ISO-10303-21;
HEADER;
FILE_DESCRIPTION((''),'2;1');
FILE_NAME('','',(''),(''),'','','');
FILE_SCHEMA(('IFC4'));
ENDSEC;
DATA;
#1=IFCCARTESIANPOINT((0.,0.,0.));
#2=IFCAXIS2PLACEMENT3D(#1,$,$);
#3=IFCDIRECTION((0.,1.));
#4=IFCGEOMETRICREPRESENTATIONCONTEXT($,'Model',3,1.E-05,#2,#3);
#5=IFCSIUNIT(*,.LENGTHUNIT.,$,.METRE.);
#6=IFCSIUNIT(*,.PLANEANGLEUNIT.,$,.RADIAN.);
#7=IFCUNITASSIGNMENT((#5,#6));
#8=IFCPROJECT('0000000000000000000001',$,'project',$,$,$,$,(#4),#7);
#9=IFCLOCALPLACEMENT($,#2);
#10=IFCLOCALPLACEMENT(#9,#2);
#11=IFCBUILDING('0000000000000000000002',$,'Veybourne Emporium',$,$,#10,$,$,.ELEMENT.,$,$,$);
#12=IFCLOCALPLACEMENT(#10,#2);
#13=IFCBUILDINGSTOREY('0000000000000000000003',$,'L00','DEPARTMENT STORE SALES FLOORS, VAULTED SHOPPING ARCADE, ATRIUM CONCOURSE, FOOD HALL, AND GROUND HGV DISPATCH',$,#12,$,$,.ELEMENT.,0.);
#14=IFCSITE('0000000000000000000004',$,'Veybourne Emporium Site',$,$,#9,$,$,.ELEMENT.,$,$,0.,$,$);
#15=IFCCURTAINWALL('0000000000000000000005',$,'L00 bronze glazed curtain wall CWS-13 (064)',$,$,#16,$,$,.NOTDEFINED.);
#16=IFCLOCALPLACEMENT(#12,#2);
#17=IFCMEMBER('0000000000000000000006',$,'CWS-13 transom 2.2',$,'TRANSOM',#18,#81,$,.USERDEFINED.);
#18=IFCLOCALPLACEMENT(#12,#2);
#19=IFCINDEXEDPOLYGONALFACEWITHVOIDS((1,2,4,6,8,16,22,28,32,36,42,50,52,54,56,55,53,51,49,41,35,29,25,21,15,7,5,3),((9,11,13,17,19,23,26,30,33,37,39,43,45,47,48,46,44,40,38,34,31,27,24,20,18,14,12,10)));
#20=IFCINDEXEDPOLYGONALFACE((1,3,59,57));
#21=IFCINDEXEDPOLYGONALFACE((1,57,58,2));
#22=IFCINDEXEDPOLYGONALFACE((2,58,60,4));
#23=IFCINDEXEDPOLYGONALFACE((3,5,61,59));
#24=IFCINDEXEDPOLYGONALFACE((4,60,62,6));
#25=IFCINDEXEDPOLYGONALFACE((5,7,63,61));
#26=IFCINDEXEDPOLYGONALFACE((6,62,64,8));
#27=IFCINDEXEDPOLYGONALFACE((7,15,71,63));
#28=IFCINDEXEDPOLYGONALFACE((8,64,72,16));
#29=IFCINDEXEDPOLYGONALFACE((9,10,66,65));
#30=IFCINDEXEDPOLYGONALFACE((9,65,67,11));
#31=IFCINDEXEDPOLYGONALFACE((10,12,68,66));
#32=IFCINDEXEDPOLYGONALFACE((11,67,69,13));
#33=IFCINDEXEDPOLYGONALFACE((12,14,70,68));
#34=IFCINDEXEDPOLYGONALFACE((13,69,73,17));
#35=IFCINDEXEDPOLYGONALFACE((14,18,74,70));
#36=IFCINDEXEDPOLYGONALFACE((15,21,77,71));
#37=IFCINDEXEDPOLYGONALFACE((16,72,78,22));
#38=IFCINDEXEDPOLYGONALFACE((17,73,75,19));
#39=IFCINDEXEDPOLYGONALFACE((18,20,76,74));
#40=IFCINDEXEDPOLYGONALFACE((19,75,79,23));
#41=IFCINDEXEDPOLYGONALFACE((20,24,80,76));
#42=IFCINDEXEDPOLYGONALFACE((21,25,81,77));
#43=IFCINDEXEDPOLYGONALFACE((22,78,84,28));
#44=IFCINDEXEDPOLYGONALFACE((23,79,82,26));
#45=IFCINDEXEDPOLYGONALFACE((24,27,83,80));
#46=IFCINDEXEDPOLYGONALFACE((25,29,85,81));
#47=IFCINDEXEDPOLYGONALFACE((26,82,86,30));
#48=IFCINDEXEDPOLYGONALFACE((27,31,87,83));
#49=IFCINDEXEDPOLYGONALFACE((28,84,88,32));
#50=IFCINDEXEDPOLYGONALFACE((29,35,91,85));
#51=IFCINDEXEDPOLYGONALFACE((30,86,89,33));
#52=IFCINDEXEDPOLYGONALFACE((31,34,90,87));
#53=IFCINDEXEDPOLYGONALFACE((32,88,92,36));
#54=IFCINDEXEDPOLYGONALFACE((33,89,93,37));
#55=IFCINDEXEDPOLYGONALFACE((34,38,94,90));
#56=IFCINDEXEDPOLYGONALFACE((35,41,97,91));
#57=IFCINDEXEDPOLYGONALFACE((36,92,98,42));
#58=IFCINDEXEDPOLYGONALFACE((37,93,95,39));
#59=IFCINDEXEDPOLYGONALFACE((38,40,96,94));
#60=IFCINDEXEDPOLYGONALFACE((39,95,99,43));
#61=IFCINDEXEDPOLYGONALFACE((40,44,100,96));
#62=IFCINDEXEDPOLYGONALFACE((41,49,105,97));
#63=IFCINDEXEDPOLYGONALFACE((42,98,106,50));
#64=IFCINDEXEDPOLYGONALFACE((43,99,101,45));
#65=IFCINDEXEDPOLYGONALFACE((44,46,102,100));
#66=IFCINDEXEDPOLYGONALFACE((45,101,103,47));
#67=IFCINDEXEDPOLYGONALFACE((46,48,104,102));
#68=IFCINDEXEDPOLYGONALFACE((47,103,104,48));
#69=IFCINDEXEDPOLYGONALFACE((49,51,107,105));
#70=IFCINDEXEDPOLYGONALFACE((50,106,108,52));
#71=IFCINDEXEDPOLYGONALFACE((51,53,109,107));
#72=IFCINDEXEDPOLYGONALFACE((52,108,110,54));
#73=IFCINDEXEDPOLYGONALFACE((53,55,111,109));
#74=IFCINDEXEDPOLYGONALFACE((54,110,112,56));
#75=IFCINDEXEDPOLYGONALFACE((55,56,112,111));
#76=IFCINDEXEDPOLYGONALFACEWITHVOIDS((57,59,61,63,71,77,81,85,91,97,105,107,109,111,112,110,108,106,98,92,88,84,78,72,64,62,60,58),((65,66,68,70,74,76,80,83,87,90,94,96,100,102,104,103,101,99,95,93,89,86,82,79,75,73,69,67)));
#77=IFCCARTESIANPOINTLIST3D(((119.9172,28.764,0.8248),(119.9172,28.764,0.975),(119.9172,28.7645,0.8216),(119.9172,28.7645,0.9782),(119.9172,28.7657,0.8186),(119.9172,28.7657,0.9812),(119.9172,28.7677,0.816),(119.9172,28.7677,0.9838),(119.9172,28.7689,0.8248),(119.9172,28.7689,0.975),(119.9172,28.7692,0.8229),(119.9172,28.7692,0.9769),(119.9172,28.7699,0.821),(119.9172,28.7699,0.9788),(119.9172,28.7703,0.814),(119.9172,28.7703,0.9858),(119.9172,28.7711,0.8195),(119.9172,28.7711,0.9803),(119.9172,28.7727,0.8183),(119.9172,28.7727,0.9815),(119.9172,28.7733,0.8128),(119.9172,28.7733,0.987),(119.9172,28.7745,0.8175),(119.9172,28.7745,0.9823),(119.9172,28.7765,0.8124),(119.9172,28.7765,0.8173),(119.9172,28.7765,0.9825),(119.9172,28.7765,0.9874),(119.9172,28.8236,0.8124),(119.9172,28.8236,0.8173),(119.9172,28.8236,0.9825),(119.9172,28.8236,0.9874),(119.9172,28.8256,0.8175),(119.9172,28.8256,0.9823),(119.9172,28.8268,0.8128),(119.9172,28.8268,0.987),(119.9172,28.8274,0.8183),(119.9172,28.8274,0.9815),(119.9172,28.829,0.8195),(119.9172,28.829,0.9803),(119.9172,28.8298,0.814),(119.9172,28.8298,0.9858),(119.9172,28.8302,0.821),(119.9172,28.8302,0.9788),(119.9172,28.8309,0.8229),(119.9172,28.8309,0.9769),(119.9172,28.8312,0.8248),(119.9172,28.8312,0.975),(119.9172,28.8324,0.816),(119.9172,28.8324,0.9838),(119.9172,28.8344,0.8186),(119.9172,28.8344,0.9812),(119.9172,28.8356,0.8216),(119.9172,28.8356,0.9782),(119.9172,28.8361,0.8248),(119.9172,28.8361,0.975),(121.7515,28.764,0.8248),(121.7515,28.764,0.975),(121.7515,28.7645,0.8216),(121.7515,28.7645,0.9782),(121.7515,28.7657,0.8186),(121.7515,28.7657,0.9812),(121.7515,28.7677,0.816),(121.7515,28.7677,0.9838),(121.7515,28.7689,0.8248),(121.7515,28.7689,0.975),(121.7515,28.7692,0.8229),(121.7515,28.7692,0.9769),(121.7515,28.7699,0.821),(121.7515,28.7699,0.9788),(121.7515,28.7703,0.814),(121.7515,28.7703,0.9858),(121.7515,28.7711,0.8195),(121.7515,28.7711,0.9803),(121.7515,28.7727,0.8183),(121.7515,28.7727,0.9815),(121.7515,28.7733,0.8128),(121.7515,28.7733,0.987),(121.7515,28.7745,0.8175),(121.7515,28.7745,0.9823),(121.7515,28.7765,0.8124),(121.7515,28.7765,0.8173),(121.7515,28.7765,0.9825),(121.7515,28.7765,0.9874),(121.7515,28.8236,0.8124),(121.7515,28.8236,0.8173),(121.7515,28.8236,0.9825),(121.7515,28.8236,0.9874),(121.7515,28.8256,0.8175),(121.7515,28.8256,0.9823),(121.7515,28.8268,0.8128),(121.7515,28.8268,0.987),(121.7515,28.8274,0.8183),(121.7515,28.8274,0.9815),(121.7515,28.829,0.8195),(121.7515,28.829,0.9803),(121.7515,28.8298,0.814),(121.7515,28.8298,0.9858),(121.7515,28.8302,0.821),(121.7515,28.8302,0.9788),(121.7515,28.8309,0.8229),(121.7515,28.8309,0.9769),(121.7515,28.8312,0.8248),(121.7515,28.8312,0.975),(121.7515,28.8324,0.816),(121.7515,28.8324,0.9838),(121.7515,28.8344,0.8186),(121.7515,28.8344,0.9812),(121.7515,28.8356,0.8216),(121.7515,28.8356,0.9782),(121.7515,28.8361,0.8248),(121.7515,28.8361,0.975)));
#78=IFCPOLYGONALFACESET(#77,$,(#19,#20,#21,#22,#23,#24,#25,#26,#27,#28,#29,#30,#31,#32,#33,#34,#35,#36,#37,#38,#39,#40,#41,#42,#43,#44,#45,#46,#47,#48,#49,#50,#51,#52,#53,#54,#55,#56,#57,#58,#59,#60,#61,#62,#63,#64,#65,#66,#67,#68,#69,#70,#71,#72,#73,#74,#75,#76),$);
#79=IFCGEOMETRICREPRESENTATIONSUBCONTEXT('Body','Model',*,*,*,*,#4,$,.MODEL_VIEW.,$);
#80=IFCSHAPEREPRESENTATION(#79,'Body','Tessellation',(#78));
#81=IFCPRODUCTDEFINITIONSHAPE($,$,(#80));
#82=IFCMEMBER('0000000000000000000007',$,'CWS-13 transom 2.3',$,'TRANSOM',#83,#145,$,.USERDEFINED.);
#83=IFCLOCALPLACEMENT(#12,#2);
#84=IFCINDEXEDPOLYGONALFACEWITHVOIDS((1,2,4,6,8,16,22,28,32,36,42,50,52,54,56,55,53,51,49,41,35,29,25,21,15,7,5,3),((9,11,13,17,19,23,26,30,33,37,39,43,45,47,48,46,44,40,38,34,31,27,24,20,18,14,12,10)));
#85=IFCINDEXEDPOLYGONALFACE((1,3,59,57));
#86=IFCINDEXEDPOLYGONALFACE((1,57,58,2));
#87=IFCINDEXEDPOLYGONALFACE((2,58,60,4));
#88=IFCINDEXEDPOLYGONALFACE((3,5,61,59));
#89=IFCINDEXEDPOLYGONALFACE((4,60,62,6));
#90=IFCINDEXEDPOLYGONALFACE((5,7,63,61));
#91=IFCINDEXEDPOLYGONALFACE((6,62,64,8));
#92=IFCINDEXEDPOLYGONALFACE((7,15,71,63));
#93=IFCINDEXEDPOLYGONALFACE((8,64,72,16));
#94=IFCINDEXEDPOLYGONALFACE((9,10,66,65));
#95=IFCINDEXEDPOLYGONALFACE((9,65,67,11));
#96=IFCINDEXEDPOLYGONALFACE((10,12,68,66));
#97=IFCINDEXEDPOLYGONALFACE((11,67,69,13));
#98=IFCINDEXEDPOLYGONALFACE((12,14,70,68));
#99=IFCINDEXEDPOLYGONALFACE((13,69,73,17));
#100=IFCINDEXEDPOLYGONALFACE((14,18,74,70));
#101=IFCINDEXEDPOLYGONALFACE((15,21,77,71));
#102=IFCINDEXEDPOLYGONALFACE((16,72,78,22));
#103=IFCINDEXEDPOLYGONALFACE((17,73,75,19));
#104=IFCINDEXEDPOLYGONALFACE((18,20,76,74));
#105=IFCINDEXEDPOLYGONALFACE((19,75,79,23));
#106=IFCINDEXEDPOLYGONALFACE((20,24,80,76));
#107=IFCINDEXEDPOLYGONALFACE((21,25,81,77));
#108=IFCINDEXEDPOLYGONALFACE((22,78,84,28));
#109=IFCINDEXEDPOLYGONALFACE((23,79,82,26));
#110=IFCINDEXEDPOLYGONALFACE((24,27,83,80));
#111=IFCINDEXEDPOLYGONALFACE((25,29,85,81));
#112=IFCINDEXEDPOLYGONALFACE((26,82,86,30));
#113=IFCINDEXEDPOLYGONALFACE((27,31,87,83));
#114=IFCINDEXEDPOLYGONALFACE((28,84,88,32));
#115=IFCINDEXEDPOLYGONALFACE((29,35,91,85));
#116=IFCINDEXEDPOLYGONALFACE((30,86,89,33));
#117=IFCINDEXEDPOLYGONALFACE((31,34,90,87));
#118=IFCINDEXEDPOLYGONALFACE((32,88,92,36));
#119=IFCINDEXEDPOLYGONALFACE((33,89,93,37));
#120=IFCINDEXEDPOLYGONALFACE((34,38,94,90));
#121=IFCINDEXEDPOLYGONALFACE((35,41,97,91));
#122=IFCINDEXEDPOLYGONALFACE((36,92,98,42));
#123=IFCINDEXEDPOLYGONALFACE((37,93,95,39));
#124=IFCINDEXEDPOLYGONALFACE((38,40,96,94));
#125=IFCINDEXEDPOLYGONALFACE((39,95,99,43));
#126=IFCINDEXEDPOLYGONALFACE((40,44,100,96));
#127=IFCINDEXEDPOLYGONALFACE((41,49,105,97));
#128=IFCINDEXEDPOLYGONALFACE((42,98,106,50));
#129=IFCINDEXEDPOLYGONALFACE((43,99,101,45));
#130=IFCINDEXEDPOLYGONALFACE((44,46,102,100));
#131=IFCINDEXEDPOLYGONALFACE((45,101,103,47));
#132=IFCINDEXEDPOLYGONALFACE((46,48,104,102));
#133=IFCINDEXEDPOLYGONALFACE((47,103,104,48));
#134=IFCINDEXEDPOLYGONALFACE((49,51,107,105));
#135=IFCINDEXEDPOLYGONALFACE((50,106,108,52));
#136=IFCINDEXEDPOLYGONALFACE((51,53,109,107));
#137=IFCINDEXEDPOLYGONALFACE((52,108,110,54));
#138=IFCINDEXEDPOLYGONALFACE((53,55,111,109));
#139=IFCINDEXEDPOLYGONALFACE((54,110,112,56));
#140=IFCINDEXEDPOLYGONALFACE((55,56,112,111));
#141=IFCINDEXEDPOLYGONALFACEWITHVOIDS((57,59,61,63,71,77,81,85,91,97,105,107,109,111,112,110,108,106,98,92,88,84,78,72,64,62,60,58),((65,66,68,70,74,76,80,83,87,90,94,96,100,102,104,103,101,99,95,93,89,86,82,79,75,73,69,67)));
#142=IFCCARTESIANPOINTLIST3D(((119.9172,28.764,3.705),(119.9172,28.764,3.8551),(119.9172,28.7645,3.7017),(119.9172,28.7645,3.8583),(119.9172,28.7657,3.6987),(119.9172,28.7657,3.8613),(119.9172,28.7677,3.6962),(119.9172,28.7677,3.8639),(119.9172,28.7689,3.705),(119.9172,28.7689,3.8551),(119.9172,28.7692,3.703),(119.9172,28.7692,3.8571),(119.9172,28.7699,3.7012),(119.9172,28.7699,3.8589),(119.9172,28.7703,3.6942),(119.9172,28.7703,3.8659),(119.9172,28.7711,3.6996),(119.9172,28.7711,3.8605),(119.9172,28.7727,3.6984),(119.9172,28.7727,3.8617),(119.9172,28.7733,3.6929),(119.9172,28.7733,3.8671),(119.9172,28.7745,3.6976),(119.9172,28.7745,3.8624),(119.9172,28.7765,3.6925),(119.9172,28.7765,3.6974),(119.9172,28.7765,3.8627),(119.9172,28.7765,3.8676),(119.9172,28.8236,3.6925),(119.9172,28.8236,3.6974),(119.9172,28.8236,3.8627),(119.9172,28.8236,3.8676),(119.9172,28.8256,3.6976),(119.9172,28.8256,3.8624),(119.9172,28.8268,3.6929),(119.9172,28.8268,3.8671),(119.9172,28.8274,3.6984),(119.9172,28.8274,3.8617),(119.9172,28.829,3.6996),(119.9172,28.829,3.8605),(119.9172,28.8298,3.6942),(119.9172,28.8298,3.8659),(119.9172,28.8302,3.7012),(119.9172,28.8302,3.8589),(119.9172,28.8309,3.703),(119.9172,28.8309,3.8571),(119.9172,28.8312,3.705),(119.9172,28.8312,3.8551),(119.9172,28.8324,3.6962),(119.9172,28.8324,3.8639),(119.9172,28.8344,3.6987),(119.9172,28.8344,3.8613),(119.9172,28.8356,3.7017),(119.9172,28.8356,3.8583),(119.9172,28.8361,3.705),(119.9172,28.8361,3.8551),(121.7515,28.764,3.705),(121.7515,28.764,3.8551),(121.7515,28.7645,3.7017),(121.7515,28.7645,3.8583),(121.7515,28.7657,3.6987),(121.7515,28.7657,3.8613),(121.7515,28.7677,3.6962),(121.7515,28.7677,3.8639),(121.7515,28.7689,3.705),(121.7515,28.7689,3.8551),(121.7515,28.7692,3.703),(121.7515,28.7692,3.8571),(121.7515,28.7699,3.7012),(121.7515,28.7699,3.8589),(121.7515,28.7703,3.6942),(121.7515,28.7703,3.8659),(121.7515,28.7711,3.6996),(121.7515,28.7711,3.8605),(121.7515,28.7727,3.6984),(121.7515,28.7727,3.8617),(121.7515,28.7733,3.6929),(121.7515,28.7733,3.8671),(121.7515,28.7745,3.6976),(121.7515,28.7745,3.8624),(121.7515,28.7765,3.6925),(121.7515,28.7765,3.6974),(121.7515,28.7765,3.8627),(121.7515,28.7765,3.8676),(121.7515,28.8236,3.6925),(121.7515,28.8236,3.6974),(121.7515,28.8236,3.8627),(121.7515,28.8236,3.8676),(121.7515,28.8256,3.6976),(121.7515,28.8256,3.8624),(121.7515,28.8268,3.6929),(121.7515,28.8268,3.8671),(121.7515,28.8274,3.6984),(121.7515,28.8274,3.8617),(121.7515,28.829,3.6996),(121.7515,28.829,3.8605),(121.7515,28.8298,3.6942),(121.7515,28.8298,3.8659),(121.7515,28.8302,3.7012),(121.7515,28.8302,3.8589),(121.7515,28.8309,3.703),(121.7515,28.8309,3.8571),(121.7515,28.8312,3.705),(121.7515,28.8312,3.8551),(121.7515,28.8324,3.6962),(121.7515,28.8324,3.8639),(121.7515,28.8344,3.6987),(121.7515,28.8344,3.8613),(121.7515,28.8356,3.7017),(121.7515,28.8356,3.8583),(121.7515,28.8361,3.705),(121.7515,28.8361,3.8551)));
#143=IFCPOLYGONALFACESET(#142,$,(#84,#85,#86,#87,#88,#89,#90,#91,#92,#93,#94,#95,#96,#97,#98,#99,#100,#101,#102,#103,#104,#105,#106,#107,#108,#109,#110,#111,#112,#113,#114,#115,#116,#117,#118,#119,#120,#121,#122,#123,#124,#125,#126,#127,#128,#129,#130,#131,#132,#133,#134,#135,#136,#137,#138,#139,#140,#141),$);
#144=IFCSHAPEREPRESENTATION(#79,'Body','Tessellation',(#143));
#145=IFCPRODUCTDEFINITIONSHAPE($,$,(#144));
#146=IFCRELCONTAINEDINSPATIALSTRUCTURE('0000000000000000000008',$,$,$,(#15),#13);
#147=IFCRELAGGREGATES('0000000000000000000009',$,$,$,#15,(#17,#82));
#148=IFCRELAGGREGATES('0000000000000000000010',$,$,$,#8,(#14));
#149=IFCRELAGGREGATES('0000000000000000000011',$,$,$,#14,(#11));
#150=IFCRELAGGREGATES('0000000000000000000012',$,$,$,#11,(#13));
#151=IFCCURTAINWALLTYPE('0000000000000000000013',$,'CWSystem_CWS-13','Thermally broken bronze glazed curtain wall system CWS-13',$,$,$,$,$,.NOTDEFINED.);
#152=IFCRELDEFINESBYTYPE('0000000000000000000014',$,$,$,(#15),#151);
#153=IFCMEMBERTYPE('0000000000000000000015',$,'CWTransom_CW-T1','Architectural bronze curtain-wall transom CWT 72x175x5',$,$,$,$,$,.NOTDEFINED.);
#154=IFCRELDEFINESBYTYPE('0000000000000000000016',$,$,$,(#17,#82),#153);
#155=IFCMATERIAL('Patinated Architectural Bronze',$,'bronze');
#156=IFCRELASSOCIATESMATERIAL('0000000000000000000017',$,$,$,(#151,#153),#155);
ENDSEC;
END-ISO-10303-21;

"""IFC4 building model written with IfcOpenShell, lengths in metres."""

from ifc_helpers import new_model, si_unit, direction, frame, origin, origin_2d, place, context, subcontext, project, spatial, hollow_rectangle, extrude, material, material_profile, profile_set, type_object, element, aggregate, save


model = new_model("IFC4")

# Units and contexts
model_context = context("Model", 3, precision=1e-05, world=origin(), true_north=direction((0.0, 1.0)))
body_context = subcontext(model_context, "Body", "Model", "MODEL_VIEW")
ifc_project = project(units=[si_unit("LENGTHUNIT", "METRE"), si_unit("PLANEANGLEUNIT", "RADIAN")], contexts=[model_context])

# Site, building, storey
site_placement = place(None, origin())
site = spatial("IfcSite", under=ifc_project, at=site_placement, Name="Veybourne Emporium Site", CompositionType="ELEMENT", RefElevation=0.0)
building_placement = place(site_placement, origin())
building = spatial("IfcBuilding", under=site, at=building_placement, Name="Veybourne Emporium", CompositionType="ELEMENT")
storey_placement = place(building_placement, origin())
storey = spatial("IfcBuildingStorey", under=building, at=storey_placement, Name="L00", Description="DEPARTMENT STORE SALES FLOORS, VAULTED SHOPPING ARCADE, ATRIUM CONCOURSE, FOOD HALL, AND GROUND HGV DISPATCH", CompositionType="ELEMENT", Elevation=0.0)

# Curtain wall
ifc_material_1 = material(Name="Patinated Architectural Bronze", Category="bronze")
curtain_wall_type_1 = type_object("IfcCurtainWallType", Name="CWSystem_CWS-13", Description="Thermally broken bronze glazed curtain wall system CWS-13", PredefinedType="NOTDEFINED", material=ifc_material_1)
curtain_wall_1_placement = place(storey_placement, origin())
curtain_wall_1 = element("IfcCurtainWall", 1, at=curtain_wall_1_placement, inside=storey, type_object=curtain_wall_type_1, Name="L00 bronze glazed curtain wall CWS-13 (064)", PredefinedType="NOTDEFINED")

# Members
ifc_material_profile_1 = material_profile(ifc_material_1, hollow_rectangle(XDim=0.072, YDim=0.175, WallThickness=0.0049, InnerFilletRadius=0.0076, OuterFilletRadius=0.0125, at=origin_2d()), Name="CWT 72x175x5")
ifc_profile_set_1 = profile_set([ifc_material_profile_1], Name="Patinated Architectural Bronze")
member_type_1 = type_object("IfcMemberType", Name="CWTransom_CW-T1", Description="Architectural bronze curtain-wall transom CWT 72x175x5", PredefinedType="NOTDEFINED", material=ifc_profile_set_1)
member_1_placement = place(storey_placement, frame((119.9172, 28.8, 0.8999), z_axis=(1.0, 0.0, 0.0), x_axis=(0.0, 1.0, 0.0)))
member_1 = element("IfcMember", 2, at=member_1_placement, type_object=member_type_1, Name="CWS-13 transom 2.2", ObjectType="TRANSOM", PredefinedType="USERDEFINED", context=body_context, shape_type="SweptSolid", body=[
    extrude(hollow_rectangle(XDim=0.072, YDim=0.175, WallThickness=0.0049, InnerFilletRadius=0.0076, OuterFilletRadius=0.0125, at=origin_2d()), origin(), (0.0, 0.0, 1.0), 1.8342),
])
member_2_placement = place(storey_placement, frame((119.9172, 28.8, 3.78), z_axis=(1.0, 0.0, 0.0), x_axis=(0.0, 1.0, 0.0)))
member_2 = element("IfcMember", 3, at=member_2_placement, type_object=member_type_1, Name="CWS-13 transom 2.3", ObjectType="TRANSOM", PredefinedType="USERDEFINED", context=body_context, shape_type="SweptSolid", body=[
    extrude(hollow_rectangle(XDim=0.072, YDim=0.175, WallThickness=0.0049, InnerFilletRadius=0.0076, OuterFilletRadius=0.0125, at=origin_2d()), origin(), (0.0, 0.0, 1.0), 1.8342),
])

aggregate(curtain_wall_1, [member_1, member_2])

save(model, "model.ifc")
